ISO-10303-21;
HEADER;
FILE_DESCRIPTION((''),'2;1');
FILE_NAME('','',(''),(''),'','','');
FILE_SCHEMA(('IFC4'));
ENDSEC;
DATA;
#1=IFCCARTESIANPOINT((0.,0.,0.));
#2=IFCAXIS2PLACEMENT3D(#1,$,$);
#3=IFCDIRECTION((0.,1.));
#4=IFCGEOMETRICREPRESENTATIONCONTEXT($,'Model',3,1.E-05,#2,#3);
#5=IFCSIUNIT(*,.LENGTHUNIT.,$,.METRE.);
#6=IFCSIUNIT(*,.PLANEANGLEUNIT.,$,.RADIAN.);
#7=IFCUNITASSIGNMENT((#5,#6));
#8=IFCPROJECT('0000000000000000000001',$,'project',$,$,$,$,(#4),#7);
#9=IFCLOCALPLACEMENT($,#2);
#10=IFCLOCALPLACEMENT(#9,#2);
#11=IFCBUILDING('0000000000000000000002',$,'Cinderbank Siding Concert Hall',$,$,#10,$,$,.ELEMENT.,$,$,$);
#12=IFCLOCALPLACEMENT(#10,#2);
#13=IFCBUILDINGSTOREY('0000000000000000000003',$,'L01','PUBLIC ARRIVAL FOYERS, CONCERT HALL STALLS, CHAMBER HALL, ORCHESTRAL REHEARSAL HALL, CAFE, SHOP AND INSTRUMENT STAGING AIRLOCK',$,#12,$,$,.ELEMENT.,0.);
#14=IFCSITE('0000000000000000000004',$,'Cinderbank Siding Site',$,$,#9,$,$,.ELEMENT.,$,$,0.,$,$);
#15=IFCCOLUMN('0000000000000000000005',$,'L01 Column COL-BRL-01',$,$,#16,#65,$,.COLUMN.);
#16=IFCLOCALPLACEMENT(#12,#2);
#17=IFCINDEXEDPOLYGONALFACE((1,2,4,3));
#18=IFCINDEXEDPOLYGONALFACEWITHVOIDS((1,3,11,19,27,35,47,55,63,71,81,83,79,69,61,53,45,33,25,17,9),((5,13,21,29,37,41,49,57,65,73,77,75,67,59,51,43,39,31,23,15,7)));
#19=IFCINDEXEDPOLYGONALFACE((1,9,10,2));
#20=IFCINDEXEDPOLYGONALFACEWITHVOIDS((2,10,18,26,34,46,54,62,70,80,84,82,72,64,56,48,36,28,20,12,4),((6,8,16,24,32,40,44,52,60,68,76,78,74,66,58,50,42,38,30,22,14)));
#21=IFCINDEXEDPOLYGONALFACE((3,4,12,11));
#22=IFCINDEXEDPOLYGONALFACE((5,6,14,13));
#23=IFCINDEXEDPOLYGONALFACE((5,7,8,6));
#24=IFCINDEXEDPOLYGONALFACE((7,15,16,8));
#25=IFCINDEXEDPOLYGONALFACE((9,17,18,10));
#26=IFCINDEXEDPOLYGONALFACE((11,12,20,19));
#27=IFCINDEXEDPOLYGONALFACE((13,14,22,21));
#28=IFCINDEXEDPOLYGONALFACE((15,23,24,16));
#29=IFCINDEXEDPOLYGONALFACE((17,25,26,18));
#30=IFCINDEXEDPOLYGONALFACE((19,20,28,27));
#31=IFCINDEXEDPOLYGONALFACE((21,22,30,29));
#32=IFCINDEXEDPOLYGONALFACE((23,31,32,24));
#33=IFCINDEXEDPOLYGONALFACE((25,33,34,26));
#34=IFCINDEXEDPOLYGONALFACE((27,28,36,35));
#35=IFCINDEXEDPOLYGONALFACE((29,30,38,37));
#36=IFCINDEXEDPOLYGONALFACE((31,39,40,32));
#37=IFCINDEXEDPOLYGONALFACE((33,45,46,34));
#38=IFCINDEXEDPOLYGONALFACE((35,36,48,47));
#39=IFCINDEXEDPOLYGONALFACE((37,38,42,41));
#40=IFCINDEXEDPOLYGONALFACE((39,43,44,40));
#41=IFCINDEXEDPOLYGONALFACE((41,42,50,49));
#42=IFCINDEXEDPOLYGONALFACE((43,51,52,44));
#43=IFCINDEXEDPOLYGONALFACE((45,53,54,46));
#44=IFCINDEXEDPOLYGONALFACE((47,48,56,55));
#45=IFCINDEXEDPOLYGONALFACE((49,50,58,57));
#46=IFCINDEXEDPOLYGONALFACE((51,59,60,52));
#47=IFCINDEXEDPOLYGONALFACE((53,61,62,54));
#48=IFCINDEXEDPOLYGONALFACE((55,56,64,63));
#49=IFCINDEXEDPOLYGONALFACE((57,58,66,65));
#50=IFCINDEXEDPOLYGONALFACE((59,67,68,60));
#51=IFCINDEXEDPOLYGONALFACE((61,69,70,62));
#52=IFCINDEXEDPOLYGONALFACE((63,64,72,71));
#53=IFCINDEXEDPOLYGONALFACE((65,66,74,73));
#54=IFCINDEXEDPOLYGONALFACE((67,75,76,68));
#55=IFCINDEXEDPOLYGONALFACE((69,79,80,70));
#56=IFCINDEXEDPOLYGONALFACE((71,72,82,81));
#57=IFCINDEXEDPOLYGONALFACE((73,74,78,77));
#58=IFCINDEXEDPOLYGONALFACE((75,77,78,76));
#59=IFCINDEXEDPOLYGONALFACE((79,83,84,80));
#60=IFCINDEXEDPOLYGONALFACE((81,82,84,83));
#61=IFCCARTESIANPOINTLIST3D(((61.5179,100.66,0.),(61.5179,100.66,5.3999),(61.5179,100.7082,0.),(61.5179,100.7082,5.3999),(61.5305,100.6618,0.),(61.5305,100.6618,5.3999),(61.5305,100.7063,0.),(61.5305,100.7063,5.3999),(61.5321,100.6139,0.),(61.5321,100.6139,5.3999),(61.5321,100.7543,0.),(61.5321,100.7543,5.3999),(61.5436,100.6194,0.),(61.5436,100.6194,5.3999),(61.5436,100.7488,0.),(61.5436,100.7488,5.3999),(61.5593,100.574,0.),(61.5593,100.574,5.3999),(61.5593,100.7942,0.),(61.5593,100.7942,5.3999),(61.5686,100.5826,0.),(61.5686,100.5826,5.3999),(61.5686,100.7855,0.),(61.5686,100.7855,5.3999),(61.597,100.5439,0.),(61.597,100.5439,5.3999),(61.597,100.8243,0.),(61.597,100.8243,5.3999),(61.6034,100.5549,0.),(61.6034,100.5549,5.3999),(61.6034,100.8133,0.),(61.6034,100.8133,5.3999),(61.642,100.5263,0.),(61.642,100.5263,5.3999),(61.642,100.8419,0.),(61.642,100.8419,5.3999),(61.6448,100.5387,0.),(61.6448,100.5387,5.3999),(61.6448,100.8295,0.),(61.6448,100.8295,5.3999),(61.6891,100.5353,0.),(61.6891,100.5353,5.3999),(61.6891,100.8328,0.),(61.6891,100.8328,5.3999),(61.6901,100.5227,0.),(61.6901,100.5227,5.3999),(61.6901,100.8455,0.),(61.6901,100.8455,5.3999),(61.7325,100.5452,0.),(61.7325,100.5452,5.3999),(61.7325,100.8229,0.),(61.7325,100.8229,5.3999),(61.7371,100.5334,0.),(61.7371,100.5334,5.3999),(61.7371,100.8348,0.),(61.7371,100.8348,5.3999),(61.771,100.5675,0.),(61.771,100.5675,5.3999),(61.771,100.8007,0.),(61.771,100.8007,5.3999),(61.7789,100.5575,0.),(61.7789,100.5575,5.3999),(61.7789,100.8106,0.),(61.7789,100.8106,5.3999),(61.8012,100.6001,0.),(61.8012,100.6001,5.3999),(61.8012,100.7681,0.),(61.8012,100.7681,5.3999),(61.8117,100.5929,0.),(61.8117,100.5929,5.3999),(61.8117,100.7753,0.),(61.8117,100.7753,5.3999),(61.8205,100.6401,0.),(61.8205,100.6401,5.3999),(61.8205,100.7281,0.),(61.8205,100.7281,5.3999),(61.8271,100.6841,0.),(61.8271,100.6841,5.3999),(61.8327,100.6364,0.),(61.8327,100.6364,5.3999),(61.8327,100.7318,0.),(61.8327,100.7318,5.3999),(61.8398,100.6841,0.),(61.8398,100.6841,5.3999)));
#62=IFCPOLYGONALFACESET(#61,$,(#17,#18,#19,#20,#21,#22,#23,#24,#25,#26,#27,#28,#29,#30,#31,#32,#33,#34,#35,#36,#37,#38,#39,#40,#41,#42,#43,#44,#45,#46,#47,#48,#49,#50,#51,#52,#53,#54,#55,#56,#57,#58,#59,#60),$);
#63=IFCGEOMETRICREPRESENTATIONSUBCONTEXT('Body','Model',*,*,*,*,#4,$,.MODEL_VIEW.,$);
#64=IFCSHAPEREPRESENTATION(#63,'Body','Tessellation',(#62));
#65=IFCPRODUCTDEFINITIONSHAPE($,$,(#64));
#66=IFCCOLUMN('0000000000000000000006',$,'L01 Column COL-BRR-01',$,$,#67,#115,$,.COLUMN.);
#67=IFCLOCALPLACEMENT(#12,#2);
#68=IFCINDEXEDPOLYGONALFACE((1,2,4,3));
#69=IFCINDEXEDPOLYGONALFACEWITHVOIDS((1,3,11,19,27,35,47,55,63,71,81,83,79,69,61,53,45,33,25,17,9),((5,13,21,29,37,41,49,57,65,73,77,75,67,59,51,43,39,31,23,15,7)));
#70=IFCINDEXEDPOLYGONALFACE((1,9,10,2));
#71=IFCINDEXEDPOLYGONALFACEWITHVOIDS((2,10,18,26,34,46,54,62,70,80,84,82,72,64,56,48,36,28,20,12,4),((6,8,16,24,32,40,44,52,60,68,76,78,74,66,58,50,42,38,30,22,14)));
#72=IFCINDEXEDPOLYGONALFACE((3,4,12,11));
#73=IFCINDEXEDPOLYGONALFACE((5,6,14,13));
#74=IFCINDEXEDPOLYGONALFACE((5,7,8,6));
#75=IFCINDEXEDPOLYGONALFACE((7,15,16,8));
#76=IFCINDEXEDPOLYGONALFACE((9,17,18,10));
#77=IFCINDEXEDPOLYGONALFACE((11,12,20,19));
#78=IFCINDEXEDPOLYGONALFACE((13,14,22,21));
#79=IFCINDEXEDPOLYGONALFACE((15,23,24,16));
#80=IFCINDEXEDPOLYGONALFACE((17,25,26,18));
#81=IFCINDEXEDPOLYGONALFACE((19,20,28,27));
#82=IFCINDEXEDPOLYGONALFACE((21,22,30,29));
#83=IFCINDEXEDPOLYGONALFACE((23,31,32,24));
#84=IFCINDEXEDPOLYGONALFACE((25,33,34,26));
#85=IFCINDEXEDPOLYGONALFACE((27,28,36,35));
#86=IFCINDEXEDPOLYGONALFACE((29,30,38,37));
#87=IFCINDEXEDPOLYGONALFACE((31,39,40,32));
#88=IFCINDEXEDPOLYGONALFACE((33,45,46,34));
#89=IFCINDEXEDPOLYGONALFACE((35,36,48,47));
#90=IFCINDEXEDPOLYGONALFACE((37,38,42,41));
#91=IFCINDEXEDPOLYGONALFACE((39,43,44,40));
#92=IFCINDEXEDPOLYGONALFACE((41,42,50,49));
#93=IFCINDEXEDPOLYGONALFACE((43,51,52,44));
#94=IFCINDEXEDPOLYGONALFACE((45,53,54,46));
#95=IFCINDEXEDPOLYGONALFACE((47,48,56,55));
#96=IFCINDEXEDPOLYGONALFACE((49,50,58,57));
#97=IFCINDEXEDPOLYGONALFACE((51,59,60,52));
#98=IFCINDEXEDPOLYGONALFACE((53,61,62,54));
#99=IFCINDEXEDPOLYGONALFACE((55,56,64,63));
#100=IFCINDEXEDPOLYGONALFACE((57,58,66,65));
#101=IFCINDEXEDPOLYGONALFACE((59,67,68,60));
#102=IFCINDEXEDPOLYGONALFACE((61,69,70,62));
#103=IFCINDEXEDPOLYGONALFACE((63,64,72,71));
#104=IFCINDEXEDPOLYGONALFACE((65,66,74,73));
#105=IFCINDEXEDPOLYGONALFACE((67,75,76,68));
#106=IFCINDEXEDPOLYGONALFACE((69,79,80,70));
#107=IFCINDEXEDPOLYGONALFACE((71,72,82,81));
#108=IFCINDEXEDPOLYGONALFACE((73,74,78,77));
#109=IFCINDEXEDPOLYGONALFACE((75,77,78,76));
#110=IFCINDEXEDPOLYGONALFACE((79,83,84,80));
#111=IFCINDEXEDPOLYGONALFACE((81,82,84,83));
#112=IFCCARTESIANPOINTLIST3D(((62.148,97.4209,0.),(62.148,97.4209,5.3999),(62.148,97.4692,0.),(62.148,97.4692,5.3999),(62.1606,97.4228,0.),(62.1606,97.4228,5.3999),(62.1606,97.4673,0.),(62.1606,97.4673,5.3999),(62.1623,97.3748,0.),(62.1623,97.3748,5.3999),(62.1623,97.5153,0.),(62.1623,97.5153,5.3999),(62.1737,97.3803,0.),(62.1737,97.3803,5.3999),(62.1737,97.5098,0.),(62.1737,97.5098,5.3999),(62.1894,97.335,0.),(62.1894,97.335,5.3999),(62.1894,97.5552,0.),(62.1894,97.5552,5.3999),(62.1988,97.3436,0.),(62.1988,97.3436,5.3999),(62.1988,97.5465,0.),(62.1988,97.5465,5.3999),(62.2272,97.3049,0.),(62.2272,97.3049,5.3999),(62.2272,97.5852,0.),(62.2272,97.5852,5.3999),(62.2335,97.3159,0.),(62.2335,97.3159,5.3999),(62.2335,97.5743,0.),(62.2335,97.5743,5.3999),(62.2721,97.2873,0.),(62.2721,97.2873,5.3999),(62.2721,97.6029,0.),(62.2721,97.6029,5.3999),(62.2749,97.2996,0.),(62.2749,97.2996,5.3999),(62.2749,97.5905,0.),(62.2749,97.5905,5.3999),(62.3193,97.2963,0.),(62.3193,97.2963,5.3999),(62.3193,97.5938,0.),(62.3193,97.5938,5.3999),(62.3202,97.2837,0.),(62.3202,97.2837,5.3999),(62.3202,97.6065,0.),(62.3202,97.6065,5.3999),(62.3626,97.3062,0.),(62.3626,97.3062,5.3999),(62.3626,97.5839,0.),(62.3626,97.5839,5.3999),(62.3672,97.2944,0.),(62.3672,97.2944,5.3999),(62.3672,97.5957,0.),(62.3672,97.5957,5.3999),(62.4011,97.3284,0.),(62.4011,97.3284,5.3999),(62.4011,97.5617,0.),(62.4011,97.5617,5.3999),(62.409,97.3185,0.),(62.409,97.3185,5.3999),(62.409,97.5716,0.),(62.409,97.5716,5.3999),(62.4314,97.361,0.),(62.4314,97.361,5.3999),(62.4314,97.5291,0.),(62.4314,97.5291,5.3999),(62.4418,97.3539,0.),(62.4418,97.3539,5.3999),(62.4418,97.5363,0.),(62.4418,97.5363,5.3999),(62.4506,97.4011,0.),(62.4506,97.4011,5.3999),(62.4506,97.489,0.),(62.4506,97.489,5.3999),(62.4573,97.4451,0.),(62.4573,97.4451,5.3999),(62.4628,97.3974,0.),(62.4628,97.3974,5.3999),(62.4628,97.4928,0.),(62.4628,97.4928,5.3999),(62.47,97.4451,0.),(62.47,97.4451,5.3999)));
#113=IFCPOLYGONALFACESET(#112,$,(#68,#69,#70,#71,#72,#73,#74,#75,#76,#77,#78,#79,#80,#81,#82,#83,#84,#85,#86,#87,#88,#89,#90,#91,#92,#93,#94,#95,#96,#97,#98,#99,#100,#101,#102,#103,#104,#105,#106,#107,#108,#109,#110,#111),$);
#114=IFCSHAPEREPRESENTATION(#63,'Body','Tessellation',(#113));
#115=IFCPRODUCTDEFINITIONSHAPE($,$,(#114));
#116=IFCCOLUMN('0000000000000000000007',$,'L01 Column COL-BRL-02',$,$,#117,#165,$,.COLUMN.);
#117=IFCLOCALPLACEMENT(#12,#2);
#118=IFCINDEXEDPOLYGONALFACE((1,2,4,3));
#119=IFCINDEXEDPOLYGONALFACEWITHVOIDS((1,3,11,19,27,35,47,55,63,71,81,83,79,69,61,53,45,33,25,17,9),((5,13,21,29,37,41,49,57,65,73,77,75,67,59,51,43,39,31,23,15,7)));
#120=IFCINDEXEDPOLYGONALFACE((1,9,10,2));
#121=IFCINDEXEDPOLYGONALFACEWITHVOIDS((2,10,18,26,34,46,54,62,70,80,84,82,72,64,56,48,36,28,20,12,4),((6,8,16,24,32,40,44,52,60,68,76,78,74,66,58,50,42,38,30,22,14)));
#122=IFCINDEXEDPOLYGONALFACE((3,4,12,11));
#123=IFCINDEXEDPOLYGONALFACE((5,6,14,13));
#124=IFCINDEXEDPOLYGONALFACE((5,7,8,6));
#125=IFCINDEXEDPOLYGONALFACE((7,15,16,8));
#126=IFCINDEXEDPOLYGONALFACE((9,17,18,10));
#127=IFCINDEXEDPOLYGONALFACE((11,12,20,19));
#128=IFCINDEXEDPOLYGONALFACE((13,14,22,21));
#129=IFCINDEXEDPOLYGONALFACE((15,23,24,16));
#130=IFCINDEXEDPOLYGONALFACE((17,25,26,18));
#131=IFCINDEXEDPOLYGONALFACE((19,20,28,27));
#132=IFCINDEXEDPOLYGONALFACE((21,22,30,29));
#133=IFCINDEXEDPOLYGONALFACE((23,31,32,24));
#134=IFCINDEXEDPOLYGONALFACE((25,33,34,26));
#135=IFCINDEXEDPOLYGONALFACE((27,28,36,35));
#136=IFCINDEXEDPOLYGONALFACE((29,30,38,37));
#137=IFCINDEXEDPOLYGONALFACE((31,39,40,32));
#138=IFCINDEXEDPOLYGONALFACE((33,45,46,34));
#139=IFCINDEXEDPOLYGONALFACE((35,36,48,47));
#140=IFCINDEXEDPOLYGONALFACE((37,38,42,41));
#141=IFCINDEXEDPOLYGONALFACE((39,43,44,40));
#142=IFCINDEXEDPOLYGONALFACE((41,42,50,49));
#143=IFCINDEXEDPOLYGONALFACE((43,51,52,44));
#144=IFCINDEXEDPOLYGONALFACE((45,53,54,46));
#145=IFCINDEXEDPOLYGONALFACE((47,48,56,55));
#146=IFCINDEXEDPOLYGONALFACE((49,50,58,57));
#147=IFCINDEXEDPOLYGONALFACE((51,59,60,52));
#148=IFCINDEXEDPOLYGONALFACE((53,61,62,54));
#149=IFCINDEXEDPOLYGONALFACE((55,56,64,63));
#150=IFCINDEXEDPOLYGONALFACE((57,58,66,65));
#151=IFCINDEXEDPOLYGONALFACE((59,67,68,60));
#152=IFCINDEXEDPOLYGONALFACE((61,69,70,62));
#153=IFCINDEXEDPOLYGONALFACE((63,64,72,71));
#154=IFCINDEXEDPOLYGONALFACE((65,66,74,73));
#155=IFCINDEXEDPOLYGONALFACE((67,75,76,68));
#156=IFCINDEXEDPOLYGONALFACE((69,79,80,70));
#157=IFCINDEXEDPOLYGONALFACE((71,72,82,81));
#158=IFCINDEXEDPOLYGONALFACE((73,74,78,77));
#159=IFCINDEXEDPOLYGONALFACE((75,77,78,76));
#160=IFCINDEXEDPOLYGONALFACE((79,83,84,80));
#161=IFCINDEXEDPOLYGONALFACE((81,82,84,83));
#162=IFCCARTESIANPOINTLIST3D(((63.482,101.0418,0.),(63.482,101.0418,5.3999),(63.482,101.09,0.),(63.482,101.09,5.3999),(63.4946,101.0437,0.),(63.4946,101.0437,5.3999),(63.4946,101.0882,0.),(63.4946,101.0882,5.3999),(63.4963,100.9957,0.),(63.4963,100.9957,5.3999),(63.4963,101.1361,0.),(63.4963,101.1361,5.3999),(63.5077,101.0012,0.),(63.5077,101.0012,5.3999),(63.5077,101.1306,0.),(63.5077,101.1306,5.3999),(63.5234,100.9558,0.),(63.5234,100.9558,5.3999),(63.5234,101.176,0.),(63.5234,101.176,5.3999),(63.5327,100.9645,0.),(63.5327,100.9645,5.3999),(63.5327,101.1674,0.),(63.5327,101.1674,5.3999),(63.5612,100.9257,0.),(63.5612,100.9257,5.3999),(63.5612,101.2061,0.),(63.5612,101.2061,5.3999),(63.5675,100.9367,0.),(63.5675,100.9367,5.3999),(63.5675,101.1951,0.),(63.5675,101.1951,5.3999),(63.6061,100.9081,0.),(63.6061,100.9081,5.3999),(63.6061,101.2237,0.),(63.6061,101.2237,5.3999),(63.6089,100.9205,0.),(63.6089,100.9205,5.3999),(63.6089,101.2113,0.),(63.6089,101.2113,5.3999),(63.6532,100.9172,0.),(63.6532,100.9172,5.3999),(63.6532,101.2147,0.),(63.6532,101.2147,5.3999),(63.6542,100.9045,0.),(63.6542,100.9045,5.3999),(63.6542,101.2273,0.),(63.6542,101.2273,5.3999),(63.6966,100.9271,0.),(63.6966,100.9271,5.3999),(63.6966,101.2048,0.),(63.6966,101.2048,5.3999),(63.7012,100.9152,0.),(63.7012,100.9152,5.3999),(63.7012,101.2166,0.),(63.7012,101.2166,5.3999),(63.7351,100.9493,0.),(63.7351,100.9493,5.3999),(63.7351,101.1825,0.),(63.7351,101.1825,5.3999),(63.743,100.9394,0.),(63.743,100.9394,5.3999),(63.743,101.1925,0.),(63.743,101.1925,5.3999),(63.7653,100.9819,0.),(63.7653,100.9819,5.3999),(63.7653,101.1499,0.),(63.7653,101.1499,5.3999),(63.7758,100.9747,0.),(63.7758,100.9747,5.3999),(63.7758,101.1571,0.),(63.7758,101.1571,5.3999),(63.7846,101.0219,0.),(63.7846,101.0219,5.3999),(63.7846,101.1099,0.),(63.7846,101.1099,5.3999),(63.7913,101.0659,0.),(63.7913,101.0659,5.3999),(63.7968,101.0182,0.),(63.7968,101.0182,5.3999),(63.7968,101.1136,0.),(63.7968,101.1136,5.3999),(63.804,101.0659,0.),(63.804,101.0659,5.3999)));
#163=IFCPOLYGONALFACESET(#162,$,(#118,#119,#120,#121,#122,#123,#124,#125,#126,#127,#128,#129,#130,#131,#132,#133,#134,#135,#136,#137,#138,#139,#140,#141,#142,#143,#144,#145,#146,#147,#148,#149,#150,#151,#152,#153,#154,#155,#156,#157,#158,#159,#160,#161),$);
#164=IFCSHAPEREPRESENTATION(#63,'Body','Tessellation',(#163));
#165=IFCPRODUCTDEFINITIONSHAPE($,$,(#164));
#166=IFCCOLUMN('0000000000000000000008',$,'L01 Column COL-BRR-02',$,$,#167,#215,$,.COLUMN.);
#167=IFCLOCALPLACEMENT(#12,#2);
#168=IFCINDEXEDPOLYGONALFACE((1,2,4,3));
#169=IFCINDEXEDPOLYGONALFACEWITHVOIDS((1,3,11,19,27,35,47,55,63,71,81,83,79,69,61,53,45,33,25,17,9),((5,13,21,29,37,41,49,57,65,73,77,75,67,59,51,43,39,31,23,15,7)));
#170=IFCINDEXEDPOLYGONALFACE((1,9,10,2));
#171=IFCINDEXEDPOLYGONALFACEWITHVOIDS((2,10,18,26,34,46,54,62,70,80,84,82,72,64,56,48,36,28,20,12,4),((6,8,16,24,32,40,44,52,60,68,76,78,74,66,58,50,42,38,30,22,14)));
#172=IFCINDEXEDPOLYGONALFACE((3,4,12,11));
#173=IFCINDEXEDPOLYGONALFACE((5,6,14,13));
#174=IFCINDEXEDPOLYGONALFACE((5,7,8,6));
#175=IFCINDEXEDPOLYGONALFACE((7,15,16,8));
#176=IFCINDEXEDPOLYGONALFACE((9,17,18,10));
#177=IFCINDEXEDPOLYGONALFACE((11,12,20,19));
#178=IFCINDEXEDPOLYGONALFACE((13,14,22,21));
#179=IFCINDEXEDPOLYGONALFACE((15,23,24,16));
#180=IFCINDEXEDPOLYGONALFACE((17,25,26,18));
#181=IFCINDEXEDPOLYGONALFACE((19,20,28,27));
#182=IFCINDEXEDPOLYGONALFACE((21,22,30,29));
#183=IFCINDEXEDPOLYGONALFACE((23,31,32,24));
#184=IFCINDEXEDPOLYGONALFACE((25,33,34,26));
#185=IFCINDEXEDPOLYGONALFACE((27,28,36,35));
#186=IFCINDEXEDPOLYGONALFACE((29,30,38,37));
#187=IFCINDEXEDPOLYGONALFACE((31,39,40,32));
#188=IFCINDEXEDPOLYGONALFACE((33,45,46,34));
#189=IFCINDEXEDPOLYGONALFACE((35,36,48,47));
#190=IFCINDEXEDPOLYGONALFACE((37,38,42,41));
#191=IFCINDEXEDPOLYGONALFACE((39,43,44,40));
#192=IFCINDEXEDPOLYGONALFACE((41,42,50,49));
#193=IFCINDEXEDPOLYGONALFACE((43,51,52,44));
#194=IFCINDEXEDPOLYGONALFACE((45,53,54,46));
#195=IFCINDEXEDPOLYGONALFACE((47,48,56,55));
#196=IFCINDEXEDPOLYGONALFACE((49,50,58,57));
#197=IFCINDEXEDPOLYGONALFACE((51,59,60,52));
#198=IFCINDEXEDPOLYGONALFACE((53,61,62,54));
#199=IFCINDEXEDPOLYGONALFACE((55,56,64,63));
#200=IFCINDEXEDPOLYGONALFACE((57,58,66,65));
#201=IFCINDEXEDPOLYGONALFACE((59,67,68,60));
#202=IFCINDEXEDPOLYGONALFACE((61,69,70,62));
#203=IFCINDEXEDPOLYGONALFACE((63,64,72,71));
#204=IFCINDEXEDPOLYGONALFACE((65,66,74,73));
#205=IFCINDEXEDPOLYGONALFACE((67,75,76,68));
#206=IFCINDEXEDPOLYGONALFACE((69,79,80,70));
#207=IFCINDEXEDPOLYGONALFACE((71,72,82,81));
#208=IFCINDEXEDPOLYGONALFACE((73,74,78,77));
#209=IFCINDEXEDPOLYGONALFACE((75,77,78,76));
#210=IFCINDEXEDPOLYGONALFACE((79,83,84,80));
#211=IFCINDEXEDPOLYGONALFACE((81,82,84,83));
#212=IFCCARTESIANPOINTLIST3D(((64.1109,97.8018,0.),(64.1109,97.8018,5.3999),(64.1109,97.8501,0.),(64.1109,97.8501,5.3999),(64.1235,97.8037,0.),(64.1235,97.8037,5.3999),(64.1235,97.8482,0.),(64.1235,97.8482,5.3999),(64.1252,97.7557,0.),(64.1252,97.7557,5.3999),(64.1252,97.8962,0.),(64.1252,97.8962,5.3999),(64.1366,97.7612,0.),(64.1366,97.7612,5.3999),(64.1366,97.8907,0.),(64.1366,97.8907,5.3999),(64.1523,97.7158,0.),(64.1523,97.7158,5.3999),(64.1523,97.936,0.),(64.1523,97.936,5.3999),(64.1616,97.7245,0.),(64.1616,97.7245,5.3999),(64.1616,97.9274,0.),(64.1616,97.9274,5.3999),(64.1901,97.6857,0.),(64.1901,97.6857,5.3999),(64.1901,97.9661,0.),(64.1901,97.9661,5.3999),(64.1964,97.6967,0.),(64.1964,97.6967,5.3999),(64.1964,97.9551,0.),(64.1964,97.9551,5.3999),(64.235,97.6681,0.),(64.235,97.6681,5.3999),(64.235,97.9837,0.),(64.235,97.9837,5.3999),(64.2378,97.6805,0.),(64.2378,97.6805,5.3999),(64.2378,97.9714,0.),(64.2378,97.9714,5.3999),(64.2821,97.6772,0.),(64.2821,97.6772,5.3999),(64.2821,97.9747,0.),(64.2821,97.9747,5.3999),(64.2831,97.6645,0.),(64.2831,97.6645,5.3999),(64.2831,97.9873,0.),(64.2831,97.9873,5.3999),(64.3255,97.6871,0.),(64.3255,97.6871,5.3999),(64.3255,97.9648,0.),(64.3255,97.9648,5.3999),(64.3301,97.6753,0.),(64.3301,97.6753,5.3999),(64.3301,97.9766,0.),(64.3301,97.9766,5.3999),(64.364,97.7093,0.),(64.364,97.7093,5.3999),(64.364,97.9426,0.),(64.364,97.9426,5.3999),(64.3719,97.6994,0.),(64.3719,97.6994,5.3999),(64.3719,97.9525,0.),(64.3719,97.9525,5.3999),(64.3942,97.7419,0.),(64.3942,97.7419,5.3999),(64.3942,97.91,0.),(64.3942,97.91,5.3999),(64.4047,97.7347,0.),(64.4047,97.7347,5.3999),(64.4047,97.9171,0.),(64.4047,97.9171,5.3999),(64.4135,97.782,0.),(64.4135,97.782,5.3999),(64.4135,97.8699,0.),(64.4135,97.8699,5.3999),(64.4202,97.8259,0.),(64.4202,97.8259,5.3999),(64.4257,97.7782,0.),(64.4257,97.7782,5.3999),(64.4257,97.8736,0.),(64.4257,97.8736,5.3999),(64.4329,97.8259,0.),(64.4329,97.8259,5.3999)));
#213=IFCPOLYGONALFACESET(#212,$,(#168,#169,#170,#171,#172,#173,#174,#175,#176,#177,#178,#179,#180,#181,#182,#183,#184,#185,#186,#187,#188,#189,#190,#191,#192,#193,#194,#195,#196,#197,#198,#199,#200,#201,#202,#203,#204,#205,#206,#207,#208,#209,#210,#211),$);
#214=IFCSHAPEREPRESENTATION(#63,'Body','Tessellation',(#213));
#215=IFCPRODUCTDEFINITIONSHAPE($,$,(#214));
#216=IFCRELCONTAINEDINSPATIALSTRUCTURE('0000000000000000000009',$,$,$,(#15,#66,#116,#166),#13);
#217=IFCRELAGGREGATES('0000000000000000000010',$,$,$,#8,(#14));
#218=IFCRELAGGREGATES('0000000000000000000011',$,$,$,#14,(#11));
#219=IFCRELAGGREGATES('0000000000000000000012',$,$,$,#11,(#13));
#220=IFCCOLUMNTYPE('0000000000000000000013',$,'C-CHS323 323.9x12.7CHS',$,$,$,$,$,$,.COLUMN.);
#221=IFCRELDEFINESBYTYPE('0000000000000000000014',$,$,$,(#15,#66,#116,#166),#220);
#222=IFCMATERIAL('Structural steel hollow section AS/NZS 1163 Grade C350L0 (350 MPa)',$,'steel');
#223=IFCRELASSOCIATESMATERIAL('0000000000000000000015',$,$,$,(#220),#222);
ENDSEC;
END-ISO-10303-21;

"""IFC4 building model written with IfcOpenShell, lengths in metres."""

from ifc_helpers import new_model, si_unit, direction, frame, origin, origin_2d, place, context, subcontext, project, spatial, hollow_circle, extrude, material, material_profile, profile_set, type_object, element, save


model = new_model("IFC4")

# Units and contexts
model_context = context("Model", 3, precision=1e-05, world=origin(), true_north=direction((0.0, 1.0)))
body_context = subcontext(model_context, "Body", "Model", "MODEL_VIEW")
ifc_project = project(units=[si_unit("LENGTHUNIT", "METRE"), si_unit("PLANEANGLEUNIT", "RADIAN")], contexts=[model_context])

# Site, building, storey
site_placement = place(None, origin())
site = spatial("IfcSite", under=ifc_project, at=site_placement, Name="Cinderbank Siding Site", CompositionType="ELEMENT", RefElevation=0.0)
building_placement = place(site_placement, origin())
building = spatial("IfcBuilding", under=site, at=building_placement, Name="Cinderbank Siding Concert Hall", CompositionType="ELEMENT")
storey_placement = place(building_placement, origin())
storey = spatial("IfcBuildingStorey", under=building, at=storey_placement, Name="L01", Description="PUBLIC ARRIVAL FOYERS, CONCERT HALL STALLS, CHAMBER HALL, ORCHESTRAL REHEARSAL HALL, CAFE, SHOP AND INSTRUMENT STAGING AIRLOCK", CompositionType="ELEMENT", Elevation=0.0)

# Columns
ifc_material_1 = material(Name="Structural steel hollow section AS/NZS 1163 Grade C350L0 (350 MPa)", Category="steel")
ifc_material_profile_1 = material_profile(ifc_material_1, hollow_circle(Radius=0.1619, WallThickness=0.0127, at=origin_2d()), Name="323.9x12.7CHS", Category="LoadBearing")
ifc_profile_set_1 = profile_set([ifc_material_profile_1], Name="Structural steel hollow section AS/NZS 1163 Grade C350L0 (350 MPa)")
column_type = type_object("IfcColumnType", Name="C-CHS323 323.9x12.7CHS", PredefinedType="COLUMN", material=ifc_profile_set_1)
for number, where, z_axis, x_axis, name in (
    (1, (61.678, 100.6841, 0.0), (0.0, 0.0, 1.0), (1.0, 0.0, 0.0), "L01 Column COL-BRL-01"),
    (2, (62.3081, 97.4451, 0.0), (0.0, 0.0, 1.0), (1.0, 0.0, 0.0), "L01 Column COL-BRR-01"),
    (3, (63.6421, 101.0659, 0.0), (0.0, 0.0, 1.0), (1.0, 0.0, 0.0), "L01 Column COL-BRL-02"),
    (4, (64.271, 97.8259, 0.0), (0.0, 0.0, 1.0), (1.0, 0.0, 0.0), "L01 Column COL-BRR-02"),
):
    element("IfcColumn", number, at=place(storey_placement, frame(where, z_axis=z_axis, x_axis=x_axis)), inside=storey, type_object=column_type, Name=name, PredefinedType="COLUMN", context=body_context, shape_type="SweptSolid", body=[
        extrude(hollow_circle(Radius=0.1619, WallThickness=0.0127, at=origin_2d()), origin(), (0.0, 0.0, 1.0), 5.3999),
    ])

save(model, "model.ifc")
